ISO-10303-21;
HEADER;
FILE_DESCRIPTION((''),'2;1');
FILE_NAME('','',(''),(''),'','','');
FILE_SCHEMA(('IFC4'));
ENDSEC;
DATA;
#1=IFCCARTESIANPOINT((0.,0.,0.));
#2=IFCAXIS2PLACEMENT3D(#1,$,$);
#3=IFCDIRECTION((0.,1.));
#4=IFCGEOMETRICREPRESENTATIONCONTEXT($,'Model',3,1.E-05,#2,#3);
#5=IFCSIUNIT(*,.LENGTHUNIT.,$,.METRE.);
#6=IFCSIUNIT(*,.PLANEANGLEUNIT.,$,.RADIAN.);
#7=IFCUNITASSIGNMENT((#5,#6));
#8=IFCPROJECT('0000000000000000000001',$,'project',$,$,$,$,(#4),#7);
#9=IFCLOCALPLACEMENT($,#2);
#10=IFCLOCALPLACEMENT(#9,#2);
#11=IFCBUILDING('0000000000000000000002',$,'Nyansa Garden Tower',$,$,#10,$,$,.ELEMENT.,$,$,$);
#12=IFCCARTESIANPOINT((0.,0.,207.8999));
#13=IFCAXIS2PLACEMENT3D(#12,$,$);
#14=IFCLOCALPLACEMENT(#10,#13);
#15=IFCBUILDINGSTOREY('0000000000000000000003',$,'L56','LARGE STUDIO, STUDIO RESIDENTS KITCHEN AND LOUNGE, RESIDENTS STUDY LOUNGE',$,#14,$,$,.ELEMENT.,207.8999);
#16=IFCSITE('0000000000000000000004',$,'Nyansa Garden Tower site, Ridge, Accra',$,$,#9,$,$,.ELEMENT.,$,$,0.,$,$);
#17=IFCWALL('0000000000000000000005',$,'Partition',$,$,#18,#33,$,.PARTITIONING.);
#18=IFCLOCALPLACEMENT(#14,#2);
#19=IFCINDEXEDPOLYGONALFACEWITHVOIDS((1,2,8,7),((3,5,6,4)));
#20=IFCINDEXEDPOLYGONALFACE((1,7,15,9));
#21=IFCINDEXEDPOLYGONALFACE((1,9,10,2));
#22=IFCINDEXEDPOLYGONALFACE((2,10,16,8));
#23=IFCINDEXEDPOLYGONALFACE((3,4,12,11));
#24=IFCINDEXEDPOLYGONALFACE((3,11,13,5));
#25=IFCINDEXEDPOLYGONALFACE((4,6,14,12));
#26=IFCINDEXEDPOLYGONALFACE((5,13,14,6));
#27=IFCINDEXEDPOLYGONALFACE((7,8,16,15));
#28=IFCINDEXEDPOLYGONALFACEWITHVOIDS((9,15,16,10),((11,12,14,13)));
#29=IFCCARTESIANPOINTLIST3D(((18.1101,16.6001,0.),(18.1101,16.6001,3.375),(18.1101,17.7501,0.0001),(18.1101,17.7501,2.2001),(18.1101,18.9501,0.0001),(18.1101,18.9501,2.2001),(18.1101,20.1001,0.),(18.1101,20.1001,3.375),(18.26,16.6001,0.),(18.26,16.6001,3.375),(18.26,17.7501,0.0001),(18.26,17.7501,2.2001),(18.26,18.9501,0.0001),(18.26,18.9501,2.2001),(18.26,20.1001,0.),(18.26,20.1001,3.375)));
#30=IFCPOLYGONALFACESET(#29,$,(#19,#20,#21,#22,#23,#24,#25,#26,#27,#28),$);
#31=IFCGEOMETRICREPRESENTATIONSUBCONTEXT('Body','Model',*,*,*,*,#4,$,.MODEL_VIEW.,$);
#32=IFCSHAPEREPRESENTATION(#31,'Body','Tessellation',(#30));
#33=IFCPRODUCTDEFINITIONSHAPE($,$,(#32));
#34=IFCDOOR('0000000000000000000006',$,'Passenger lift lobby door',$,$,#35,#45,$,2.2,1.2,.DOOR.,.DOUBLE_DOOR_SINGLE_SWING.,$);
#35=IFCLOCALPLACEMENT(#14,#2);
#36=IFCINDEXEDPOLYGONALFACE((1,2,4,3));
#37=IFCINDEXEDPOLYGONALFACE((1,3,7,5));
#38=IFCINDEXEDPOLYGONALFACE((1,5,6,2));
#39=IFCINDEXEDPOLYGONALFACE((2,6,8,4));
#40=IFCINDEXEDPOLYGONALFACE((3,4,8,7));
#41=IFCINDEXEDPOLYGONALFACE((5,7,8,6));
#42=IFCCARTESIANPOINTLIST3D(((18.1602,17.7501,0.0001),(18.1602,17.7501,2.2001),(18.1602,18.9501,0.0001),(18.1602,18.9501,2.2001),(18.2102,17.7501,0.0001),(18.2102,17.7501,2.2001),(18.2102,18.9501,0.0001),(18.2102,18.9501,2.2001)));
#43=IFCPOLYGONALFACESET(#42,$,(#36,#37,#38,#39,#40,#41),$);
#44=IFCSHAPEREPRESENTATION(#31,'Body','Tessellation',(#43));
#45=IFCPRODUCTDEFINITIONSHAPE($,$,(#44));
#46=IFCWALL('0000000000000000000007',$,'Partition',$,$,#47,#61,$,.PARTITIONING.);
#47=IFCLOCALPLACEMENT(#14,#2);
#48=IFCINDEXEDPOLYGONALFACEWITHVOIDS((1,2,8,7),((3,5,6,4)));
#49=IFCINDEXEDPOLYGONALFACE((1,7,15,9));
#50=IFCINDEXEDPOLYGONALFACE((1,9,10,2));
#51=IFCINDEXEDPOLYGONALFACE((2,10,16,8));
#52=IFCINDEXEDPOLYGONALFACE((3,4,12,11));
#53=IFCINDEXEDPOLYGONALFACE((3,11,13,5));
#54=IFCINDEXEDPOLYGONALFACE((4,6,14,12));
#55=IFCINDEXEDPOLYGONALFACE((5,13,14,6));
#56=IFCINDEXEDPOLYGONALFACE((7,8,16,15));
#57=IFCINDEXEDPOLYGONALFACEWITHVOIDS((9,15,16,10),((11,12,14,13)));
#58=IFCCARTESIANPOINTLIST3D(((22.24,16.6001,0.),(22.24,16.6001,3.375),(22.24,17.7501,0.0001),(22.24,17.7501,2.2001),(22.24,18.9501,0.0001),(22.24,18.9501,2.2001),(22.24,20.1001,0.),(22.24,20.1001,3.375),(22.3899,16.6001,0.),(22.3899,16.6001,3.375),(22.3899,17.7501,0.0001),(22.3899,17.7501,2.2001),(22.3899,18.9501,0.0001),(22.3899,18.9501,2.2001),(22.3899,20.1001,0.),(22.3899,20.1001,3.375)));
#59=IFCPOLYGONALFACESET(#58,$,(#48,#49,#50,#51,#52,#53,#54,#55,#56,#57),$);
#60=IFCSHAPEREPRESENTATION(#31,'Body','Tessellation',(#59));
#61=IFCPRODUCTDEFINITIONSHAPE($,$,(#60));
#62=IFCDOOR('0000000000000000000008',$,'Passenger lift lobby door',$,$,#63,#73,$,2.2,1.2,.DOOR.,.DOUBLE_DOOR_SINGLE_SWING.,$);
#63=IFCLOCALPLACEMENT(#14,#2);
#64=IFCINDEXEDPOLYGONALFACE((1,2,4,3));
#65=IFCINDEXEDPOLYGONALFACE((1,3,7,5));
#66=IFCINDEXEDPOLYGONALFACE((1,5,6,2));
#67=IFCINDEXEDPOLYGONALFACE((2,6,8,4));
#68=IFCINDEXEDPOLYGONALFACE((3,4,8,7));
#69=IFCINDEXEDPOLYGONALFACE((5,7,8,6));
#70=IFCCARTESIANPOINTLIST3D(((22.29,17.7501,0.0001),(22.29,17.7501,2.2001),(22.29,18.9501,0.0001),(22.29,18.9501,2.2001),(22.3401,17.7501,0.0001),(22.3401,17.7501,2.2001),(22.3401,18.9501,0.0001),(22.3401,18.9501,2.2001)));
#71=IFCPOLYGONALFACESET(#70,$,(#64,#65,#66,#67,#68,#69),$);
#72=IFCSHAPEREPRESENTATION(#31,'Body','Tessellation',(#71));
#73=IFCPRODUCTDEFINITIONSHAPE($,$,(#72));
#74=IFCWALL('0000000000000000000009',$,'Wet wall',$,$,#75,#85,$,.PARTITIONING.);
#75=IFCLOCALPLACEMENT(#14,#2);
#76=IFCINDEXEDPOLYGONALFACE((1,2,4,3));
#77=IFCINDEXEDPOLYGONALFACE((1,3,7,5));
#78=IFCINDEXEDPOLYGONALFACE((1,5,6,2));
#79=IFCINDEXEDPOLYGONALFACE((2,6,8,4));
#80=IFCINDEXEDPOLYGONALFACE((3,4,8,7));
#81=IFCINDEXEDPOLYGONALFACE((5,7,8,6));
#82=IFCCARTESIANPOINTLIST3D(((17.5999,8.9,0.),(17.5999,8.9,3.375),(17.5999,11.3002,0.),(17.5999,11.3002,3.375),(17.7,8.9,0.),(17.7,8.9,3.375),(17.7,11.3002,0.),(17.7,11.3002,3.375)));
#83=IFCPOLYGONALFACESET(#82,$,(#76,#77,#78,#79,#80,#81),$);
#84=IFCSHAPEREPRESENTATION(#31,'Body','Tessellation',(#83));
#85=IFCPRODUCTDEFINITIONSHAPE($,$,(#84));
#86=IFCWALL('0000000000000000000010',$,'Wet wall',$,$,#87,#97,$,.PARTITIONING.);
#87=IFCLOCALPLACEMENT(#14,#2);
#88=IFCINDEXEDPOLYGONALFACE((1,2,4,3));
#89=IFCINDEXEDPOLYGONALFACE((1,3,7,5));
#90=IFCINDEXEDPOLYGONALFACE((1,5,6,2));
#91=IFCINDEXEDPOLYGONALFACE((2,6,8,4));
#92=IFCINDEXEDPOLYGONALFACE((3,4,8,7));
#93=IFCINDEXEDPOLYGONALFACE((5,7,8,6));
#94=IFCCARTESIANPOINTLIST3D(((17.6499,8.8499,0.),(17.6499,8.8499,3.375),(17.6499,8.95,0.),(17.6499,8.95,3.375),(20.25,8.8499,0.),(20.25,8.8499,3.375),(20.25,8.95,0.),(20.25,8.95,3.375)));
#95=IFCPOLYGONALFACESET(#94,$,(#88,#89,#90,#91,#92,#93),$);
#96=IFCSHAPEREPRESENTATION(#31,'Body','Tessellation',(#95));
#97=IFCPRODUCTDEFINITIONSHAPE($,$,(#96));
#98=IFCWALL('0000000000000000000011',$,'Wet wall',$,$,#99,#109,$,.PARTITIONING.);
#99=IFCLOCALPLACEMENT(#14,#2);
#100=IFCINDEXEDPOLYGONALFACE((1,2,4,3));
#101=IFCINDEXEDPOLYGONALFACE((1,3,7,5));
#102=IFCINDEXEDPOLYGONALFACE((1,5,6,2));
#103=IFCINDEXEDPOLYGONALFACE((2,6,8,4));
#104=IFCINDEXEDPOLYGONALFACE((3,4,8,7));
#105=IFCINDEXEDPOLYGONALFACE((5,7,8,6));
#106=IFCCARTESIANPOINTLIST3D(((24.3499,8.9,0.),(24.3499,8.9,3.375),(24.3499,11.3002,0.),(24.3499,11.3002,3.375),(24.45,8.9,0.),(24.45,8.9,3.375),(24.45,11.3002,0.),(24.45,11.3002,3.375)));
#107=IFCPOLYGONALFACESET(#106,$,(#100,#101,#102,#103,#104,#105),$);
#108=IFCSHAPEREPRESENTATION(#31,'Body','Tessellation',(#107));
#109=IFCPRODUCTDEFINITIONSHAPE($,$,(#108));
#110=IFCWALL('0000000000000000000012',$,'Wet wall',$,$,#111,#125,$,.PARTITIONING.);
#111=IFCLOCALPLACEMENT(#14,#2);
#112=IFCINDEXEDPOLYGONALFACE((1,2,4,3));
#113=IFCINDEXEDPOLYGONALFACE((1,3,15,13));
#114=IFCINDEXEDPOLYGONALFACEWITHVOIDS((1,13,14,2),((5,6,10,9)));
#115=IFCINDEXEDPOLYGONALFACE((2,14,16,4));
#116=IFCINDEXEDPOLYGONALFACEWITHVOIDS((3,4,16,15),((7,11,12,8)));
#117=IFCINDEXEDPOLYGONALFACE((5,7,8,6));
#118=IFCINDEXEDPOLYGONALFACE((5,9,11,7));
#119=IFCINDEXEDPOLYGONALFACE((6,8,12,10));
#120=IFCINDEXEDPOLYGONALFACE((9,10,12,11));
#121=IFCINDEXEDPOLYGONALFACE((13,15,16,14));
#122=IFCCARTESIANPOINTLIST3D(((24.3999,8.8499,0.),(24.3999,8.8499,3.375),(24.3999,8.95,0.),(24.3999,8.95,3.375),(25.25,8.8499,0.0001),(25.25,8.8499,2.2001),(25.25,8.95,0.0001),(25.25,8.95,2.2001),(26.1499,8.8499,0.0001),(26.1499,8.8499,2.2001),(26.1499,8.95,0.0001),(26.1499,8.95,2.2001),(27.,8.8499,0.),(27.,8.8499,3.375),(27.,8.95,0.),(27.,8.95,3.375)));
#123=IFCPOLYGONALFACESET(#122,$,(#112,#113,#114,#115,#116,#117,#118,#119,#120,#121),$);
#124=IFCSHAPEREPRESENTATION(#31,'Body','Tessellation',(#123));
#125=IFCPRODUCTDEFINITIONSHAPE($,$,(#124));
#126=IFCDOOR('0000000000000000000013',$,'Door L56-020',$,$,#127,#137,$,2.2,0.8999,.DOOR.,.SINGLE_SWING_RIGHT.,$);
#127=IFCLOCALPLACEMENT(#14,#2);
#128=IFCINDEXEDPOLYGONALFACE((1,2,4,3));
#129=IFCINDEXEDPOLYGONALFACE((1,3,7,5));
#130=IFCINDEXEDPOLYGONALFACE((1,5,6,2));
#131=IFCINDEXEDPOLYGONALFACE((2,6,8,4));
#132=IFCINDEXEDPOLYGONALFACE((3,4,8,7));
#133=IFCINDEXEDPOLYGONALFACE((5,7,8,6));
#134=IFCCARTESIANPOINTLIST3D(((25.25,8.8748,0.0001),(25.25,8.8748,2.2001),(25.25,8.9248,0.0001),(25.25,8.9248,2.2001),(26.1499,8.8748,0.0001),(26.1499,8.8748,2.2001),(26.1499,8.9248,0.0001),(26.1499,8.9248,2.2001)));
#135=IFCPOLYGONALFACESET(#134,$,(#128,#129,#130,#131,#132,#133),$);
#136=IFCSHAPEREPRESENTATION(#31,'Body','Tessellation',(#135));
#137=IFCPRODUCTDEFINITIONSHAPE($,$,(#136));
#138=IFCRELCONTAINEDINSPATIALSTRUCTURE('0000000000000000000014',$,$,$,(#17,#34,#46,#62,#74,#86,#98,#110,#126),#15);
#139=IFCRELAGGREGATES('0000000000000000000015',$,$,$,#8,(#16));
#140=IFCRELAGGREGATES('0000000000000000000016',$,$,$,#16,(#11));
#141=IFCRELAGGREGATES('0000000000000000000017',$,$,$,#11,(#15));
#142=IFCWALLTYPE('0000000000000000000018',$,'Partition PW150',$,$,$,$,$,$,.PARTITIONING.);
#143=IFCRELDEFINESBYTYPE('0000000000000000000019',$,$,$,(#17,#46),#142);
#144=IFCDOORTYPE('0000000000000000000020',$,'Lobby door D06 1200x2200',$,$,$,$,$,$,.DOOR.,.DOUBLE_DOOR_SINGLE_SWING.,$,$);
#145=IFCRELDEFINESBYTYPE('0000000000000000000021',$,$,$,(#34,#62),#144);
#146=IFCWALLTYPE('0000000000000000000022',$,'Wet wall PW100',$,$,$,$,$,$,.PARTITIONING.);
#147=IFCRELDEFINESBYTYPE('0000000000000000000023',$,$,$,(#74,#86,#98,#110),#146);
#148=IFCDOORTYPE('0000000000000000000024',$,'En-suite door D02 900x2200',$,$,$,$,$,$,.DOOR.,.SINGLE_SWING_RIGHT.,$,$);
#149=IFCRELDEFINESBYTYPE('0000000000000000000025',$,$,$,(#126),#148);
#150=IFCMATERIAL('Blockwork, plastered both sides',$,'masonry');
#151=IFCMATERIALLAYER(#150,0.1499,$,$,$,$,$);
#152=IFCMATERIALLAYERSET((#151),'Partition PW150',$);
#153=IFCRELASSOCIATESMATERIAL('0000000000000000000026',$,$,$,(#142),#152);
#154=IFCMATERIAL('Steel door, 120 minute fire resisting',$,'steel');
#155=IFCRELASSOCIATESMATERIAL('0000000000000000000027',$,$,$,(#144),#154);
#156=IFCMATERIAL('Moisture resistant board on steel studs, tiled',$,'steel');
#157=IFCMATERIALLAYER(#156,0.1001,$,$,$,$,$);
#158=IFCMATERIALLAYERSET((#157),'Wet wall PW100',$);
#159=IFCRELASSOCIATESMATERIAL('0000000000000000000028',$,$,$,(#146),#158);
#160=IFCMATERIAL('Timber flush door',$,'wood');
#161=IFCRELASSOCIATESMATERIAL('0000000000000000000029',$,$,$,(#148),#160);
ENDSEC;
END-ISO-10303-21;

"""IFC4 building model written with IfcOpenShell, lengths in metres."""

from ifc_helpers import new_model, si_unit, direction, frame, frame_2d, origin, place, context, subcontext, project, spatial, rectangle, extrude, material, layer, layer_set, type_object, element, fill, save


model = new_model("IFC4")

# Units and contexts
model_context = context("Model", 3, precision=1e-05, world=origin(), true_north=direction((0.0, 1.0)))
body_context = subcontext(model_context, "Body", "Model", "MODEL_VIEW")
ifc_project = project(units=[si_unit("LENGTHUNIT", "METRE"), si_unit("PLANEANGLEUNIT", "RADIAN")], contexts=[model_context])

# Site, building, storey
site_placement = place(None, origin())
site = spatial("IfcSite", under=ifc_project, at=site_placement, Name="Nyansa Garden Tower site, Ridge, Accra", CompositionType="ELEMENT", RefElevation=0.0)
building_placement = place(site_placement, origin())
building = spatial("IfcBuilding", under=site, at=building_placement, Name="Nyansa Garden Tower", CompositionType="ELEMENT")
storey_placement = place(building_placement, frame((0.0, 0.0, 207.8999)))
storey = spatial("IfcBuildingStorey", under=building, at=storey_placement, Name="L56", Description="LARGE STUDIO, STUDIO RESIDENTS KITCHEN AND LOUNGE, RESIDENTS STUDY LOUNGE", CompositionType="ELEMENT", Elevation=207.8999)

# Walls, openings, doors
ifc_material_1 = material(Name="Blockwork, plastered both sides", Category="masonry")
ifc_layer_1 = layer(ifc_material_1, 0.1499)
ifc_layer_set_1 = layer_set([ifc_layer_1], Name="Partition PW150")
wall_type_1 = type_object("IfcWallType", Name="Partition PW150", PredefinedType="PARTITIONING", material=ifc_layer_set_1)
wall_1_placement = place(storey_placement, frame((18.1851, 16.6001, 0.0), z_axis=(0.0, 0.0, 1.0), x_axis=(0.0, 1.0, 0.0)))
wall_1 = element("IfcWall", 1, at=wall_1_placement, inside=storey, type_object=wall_type_1, Name="Partition", PredefinedType="PARTITIONING", context=body_context, shape_type="SweptSolid", body=[
    extrude(rectangle(XDim=3.5, YDim=0.1499, at=frame_2d((1.75, 0.0))), origin(), (0.0, 0.0, 1.0), 3.375),
])
opening_1_placement = place(wall_1_placement, frame((1.1499, 0.0, 0.0)))
opening_1 = element("IfcOpeningElement", 2, at=opening_1_placement, cuts=wall_1, PredefinedType="OPENING", context=body_context, shape_type="SweptSolid", body=[
    extrude(rectangle(XDim=1.2, YDim=2.2, at=frame_2d((0.6001, 1.1001))), frame((0.0, 0.085, 0.0), z_axis=(0.0, -1.0, 0.0), x_axis=(1.0, 0.0, 0.0)), (0.0, 0.0, 1.0), 0.1699),
])
ifc_material_2 = material(Name="Steel door, 120 minute fire resisting", Category="steel")
door_type_1 = type_object("IfcDoorType", Name="Lobby door D06 1200x2200", OperationType="DOUBLE_DOOR_SINGLE_SWING", PredefinedType="DOOR", material=ifc_material_2)
door_1_placement = place(opening_1_placement, origin())
door_1 = element("IfcDoor", 3, at=door_1_placement, inside=storey, type_object=door_type_1, Name="Passenger lift lobby door", OperationType="DOUBLE_DOOR_SINGLE_SWING", OverallHeight=2.2, OverallWidth=1.2, PredefinedType="DOOR", context=body_context, shape_type="SweptSolid", body=[
    extrude(rectangle(XDim=1.2, YDim=2.2, at=frame_2d((0.6001, 1.1001))), frame((0.0, 0.0249, 0.0), z_axis=(0.0, -1.0, 0.0), x_axis=(1.0, 0.0, 0.0)), (0.0, 0.0, 1.0), 0.05),
])
fill(opening_1, door_1)
wall_2_placement = place(storey_placement, frame((22.3149, 16.6001, 0.0), z_axis=(0.0, 0.0, 1.0), x_axis=(0.0, 1.0, 0.0)))
wall_2 = element("IfcWall", 4, at=wall_2_placement, inside=storey, type_object=wall_type_1, Name="Partition", PredefinedType="PARTITIONING", context=body_context, shape_type="SweptSolid", body=[
    extrude(rectangle(XDim=3.5, YDim=0.1499, at=frame_2d((1.75, 0.0))), origin(), (0.0, 0.0, 1.0), 3.375),
])
opening_2_placement = place(wall_2_placement, frame((1.1499, 0.0, 0.0)))
opening_2 = element("IfcOpeningElement", 5, at=opening_2_placement, cuts=wall_2, PredefinedType="OPENING", context=body_context, shape_type="SweptSolid", body=[
    extrude(rectangle(XDim=1.2, YDim=2.2, at=frame_2d((0.6001, 1.1001))), frame((0.0, 0.085, 0.0), z_axis=(0.0, -1.0, 0.0), x_axis=(1.0, 0.0, 0.0)), (0.0, 0.0, 1.0), 0.1699),
])
door_2_placement = place(opening_2_placement, origin())
door_2 = element("IfcDoor", 6, at=door_2_placement, inside=storey, type_object=door_type_1, Name="Passenger lift lobby door", OperationType="DOUBLE_DOOR_SINGLE_SWING", OverallHeight=2.2, OverallWidth=1.2, PredefinedType="DOOR", context=body_context, shape_type="SweptSolid", body=[
    extrude(rectangle(XDim=1.2, YDim=2.2, at=frame_2d((0.6001, 1.1001))), frame((0.0, 0.0249, 0.0), z_axis=(0.0, -1.0, 0.0), x_axis=(1.0, 0.0, 0.0)), (0.0, 0.0, 1.0), 0.05),
])
fill(opening_2, door_2)

# Walls
ifc_material_3 = material(Name="Moisture resistant board on steel studs, tiled", Category="steel")
ifc_layer_2 = layer(ifc_material_3, 0.1001)
ifc_layer_set_2 = layer_set([ifc_layer_2], Name="Wet wall PW100")
wall_type_2 = type_object("IfcWallType", Name="Wet wall PW100", PredefinedType="PARTITIONING", material=ifc_layer_set_2)
wall_3_placement = place(storey_placement, frame((17.6499, 8.8999, 0.0), z_axis=(0.0, 0.0, 1.0), x_axis=(0.0, 1.0, 0.0)))
element("IfcWall", 7, at=wall_3_placement, inside=storey, type_object=wall_type_2, Name="Wet wall", PredefinedType="PARTITIONING", context=body_context, shape_type="SweptSolid", body=[
    extrude(rectangle(XDim=2.4001, YDim=0.1001, at=frame_2d((1.2002, 0.0))), origin(), (0.0, 0.0, 1.0), 3.375),
])
wall_4_placement = place(storey_placement, frame((17.6499, 8.8999, 0.0), z_axis=(0.0, 0.0, 1.0), x_axis=(1.0, 0.0, 0.0)))
element("IfcWall", 8, at=wall_4_placement, inside=storey, type_object=wall_type_2, Name="Wet wall", PredefinedType="PARTITIONING", context=body_context, shape_type="SweptSolid", body=[
    extrude(rectangle(XDim=2.6001, YDim=0.1001, at=frame_2d((1.3, 0.0))), origin(), (0.0, 0.0, 1.0), 3.375),
])
wall_5_placement = place(storey_placement, frame((24.3999, 8.8999, 0.0), z_axis=(0.0, 0.0, 1.0), x_axis=(0.0, 1.0, 0.0)))
element("IfcWall", 9, at=wall_5_placement, inside=storey, type_object=wall_type_2, Name="Wet wall", PredefinedType="PARTITIONING", context=body_context, shape_type="SweptSolid", body=[
    extrude(rectangle(XDim=2.4001, YDim=0.1001, at=frame_2d((1.2002, 0.0))), origin(), (0.0, 0.0, 1.0), 3.375),
])

# Wall, opening, door
wall_6_placement = place(storey_placement, frame((24.3999, 8.8999, 0.0), z_axis=(0.0, 0.0, 1.0), x_axis=(1.0, 0.0, 0.0)))
wall_6 = element("IfcWall", 10, at=wall_6_placement, inside=storey, type_object=wall_type_2, Name="Wet wall", PredefinedType="PARTITIONING", context=body_context, shape_type="SweptSolid", body=[
    extrude(rectangle(XDim=2.6001, YDim=0.1001, at=frame_2d((1.3, 0.0))), origin(), (0.0, 0.0, 1.0), 3.375),
])
opening_3_placement = place(wall_6_placement, frame((0.8501, 0.0, 0.0)))
opening_3 = element("IfcOpeningElement", 11, at=opening_3_placement, cuts=wall_6, PredefinedType="OPENING", context=body_context, shape_type="SweptSolid", body=[
    extrude(rectangle(XDim=0.8999, YDim=2.2, at=frame_2d((0.45, 1.1001))), frame((0.0, 0.0601, 0.0), z_axis=(0.0, -1.0, 0.0), x_axis=(1.0, 0.0, 0.0)), (0.0, 0.0, 1.0), 0.1201),
])
ifc_material_4 = material(Name="Timber flush door", Category="wood")
door_type_2 = type_object("IfcDoorType", Name="En-suite door D02 900x2200", OperationType="SINGLE_SWING_RIGHT", PredefinedType="DOOR", material=ifc_material_4)
door_3_placement = place(opening_3_placement, origin())
door_3 = element("IfcDoor", 12, at=door_3_placement, inside=storey, type_object=door_type_2, Name="Door L56-020", OperationType="SINGLE_SWING_RIGHT", OverallHeight=2.2, OverallWidth=0.8999, PredefinedType="DOOR", context=body_context, shape_type="SweptSolid", body=[
    extrude(rectangle(XDim=0.8999, YDim=2.2, at=frame_2d((0.45, 1.1001))), frame((0.0, 0.0249, 0.0), z_axis=(0.0, -1.0, 0.0), x_axis=(1.0, 0.0, 0.0)), (0.0, 0.0, 1.0), 0.05),
])
fill(opening_3, door_3)

save(model, "model.ifc")
